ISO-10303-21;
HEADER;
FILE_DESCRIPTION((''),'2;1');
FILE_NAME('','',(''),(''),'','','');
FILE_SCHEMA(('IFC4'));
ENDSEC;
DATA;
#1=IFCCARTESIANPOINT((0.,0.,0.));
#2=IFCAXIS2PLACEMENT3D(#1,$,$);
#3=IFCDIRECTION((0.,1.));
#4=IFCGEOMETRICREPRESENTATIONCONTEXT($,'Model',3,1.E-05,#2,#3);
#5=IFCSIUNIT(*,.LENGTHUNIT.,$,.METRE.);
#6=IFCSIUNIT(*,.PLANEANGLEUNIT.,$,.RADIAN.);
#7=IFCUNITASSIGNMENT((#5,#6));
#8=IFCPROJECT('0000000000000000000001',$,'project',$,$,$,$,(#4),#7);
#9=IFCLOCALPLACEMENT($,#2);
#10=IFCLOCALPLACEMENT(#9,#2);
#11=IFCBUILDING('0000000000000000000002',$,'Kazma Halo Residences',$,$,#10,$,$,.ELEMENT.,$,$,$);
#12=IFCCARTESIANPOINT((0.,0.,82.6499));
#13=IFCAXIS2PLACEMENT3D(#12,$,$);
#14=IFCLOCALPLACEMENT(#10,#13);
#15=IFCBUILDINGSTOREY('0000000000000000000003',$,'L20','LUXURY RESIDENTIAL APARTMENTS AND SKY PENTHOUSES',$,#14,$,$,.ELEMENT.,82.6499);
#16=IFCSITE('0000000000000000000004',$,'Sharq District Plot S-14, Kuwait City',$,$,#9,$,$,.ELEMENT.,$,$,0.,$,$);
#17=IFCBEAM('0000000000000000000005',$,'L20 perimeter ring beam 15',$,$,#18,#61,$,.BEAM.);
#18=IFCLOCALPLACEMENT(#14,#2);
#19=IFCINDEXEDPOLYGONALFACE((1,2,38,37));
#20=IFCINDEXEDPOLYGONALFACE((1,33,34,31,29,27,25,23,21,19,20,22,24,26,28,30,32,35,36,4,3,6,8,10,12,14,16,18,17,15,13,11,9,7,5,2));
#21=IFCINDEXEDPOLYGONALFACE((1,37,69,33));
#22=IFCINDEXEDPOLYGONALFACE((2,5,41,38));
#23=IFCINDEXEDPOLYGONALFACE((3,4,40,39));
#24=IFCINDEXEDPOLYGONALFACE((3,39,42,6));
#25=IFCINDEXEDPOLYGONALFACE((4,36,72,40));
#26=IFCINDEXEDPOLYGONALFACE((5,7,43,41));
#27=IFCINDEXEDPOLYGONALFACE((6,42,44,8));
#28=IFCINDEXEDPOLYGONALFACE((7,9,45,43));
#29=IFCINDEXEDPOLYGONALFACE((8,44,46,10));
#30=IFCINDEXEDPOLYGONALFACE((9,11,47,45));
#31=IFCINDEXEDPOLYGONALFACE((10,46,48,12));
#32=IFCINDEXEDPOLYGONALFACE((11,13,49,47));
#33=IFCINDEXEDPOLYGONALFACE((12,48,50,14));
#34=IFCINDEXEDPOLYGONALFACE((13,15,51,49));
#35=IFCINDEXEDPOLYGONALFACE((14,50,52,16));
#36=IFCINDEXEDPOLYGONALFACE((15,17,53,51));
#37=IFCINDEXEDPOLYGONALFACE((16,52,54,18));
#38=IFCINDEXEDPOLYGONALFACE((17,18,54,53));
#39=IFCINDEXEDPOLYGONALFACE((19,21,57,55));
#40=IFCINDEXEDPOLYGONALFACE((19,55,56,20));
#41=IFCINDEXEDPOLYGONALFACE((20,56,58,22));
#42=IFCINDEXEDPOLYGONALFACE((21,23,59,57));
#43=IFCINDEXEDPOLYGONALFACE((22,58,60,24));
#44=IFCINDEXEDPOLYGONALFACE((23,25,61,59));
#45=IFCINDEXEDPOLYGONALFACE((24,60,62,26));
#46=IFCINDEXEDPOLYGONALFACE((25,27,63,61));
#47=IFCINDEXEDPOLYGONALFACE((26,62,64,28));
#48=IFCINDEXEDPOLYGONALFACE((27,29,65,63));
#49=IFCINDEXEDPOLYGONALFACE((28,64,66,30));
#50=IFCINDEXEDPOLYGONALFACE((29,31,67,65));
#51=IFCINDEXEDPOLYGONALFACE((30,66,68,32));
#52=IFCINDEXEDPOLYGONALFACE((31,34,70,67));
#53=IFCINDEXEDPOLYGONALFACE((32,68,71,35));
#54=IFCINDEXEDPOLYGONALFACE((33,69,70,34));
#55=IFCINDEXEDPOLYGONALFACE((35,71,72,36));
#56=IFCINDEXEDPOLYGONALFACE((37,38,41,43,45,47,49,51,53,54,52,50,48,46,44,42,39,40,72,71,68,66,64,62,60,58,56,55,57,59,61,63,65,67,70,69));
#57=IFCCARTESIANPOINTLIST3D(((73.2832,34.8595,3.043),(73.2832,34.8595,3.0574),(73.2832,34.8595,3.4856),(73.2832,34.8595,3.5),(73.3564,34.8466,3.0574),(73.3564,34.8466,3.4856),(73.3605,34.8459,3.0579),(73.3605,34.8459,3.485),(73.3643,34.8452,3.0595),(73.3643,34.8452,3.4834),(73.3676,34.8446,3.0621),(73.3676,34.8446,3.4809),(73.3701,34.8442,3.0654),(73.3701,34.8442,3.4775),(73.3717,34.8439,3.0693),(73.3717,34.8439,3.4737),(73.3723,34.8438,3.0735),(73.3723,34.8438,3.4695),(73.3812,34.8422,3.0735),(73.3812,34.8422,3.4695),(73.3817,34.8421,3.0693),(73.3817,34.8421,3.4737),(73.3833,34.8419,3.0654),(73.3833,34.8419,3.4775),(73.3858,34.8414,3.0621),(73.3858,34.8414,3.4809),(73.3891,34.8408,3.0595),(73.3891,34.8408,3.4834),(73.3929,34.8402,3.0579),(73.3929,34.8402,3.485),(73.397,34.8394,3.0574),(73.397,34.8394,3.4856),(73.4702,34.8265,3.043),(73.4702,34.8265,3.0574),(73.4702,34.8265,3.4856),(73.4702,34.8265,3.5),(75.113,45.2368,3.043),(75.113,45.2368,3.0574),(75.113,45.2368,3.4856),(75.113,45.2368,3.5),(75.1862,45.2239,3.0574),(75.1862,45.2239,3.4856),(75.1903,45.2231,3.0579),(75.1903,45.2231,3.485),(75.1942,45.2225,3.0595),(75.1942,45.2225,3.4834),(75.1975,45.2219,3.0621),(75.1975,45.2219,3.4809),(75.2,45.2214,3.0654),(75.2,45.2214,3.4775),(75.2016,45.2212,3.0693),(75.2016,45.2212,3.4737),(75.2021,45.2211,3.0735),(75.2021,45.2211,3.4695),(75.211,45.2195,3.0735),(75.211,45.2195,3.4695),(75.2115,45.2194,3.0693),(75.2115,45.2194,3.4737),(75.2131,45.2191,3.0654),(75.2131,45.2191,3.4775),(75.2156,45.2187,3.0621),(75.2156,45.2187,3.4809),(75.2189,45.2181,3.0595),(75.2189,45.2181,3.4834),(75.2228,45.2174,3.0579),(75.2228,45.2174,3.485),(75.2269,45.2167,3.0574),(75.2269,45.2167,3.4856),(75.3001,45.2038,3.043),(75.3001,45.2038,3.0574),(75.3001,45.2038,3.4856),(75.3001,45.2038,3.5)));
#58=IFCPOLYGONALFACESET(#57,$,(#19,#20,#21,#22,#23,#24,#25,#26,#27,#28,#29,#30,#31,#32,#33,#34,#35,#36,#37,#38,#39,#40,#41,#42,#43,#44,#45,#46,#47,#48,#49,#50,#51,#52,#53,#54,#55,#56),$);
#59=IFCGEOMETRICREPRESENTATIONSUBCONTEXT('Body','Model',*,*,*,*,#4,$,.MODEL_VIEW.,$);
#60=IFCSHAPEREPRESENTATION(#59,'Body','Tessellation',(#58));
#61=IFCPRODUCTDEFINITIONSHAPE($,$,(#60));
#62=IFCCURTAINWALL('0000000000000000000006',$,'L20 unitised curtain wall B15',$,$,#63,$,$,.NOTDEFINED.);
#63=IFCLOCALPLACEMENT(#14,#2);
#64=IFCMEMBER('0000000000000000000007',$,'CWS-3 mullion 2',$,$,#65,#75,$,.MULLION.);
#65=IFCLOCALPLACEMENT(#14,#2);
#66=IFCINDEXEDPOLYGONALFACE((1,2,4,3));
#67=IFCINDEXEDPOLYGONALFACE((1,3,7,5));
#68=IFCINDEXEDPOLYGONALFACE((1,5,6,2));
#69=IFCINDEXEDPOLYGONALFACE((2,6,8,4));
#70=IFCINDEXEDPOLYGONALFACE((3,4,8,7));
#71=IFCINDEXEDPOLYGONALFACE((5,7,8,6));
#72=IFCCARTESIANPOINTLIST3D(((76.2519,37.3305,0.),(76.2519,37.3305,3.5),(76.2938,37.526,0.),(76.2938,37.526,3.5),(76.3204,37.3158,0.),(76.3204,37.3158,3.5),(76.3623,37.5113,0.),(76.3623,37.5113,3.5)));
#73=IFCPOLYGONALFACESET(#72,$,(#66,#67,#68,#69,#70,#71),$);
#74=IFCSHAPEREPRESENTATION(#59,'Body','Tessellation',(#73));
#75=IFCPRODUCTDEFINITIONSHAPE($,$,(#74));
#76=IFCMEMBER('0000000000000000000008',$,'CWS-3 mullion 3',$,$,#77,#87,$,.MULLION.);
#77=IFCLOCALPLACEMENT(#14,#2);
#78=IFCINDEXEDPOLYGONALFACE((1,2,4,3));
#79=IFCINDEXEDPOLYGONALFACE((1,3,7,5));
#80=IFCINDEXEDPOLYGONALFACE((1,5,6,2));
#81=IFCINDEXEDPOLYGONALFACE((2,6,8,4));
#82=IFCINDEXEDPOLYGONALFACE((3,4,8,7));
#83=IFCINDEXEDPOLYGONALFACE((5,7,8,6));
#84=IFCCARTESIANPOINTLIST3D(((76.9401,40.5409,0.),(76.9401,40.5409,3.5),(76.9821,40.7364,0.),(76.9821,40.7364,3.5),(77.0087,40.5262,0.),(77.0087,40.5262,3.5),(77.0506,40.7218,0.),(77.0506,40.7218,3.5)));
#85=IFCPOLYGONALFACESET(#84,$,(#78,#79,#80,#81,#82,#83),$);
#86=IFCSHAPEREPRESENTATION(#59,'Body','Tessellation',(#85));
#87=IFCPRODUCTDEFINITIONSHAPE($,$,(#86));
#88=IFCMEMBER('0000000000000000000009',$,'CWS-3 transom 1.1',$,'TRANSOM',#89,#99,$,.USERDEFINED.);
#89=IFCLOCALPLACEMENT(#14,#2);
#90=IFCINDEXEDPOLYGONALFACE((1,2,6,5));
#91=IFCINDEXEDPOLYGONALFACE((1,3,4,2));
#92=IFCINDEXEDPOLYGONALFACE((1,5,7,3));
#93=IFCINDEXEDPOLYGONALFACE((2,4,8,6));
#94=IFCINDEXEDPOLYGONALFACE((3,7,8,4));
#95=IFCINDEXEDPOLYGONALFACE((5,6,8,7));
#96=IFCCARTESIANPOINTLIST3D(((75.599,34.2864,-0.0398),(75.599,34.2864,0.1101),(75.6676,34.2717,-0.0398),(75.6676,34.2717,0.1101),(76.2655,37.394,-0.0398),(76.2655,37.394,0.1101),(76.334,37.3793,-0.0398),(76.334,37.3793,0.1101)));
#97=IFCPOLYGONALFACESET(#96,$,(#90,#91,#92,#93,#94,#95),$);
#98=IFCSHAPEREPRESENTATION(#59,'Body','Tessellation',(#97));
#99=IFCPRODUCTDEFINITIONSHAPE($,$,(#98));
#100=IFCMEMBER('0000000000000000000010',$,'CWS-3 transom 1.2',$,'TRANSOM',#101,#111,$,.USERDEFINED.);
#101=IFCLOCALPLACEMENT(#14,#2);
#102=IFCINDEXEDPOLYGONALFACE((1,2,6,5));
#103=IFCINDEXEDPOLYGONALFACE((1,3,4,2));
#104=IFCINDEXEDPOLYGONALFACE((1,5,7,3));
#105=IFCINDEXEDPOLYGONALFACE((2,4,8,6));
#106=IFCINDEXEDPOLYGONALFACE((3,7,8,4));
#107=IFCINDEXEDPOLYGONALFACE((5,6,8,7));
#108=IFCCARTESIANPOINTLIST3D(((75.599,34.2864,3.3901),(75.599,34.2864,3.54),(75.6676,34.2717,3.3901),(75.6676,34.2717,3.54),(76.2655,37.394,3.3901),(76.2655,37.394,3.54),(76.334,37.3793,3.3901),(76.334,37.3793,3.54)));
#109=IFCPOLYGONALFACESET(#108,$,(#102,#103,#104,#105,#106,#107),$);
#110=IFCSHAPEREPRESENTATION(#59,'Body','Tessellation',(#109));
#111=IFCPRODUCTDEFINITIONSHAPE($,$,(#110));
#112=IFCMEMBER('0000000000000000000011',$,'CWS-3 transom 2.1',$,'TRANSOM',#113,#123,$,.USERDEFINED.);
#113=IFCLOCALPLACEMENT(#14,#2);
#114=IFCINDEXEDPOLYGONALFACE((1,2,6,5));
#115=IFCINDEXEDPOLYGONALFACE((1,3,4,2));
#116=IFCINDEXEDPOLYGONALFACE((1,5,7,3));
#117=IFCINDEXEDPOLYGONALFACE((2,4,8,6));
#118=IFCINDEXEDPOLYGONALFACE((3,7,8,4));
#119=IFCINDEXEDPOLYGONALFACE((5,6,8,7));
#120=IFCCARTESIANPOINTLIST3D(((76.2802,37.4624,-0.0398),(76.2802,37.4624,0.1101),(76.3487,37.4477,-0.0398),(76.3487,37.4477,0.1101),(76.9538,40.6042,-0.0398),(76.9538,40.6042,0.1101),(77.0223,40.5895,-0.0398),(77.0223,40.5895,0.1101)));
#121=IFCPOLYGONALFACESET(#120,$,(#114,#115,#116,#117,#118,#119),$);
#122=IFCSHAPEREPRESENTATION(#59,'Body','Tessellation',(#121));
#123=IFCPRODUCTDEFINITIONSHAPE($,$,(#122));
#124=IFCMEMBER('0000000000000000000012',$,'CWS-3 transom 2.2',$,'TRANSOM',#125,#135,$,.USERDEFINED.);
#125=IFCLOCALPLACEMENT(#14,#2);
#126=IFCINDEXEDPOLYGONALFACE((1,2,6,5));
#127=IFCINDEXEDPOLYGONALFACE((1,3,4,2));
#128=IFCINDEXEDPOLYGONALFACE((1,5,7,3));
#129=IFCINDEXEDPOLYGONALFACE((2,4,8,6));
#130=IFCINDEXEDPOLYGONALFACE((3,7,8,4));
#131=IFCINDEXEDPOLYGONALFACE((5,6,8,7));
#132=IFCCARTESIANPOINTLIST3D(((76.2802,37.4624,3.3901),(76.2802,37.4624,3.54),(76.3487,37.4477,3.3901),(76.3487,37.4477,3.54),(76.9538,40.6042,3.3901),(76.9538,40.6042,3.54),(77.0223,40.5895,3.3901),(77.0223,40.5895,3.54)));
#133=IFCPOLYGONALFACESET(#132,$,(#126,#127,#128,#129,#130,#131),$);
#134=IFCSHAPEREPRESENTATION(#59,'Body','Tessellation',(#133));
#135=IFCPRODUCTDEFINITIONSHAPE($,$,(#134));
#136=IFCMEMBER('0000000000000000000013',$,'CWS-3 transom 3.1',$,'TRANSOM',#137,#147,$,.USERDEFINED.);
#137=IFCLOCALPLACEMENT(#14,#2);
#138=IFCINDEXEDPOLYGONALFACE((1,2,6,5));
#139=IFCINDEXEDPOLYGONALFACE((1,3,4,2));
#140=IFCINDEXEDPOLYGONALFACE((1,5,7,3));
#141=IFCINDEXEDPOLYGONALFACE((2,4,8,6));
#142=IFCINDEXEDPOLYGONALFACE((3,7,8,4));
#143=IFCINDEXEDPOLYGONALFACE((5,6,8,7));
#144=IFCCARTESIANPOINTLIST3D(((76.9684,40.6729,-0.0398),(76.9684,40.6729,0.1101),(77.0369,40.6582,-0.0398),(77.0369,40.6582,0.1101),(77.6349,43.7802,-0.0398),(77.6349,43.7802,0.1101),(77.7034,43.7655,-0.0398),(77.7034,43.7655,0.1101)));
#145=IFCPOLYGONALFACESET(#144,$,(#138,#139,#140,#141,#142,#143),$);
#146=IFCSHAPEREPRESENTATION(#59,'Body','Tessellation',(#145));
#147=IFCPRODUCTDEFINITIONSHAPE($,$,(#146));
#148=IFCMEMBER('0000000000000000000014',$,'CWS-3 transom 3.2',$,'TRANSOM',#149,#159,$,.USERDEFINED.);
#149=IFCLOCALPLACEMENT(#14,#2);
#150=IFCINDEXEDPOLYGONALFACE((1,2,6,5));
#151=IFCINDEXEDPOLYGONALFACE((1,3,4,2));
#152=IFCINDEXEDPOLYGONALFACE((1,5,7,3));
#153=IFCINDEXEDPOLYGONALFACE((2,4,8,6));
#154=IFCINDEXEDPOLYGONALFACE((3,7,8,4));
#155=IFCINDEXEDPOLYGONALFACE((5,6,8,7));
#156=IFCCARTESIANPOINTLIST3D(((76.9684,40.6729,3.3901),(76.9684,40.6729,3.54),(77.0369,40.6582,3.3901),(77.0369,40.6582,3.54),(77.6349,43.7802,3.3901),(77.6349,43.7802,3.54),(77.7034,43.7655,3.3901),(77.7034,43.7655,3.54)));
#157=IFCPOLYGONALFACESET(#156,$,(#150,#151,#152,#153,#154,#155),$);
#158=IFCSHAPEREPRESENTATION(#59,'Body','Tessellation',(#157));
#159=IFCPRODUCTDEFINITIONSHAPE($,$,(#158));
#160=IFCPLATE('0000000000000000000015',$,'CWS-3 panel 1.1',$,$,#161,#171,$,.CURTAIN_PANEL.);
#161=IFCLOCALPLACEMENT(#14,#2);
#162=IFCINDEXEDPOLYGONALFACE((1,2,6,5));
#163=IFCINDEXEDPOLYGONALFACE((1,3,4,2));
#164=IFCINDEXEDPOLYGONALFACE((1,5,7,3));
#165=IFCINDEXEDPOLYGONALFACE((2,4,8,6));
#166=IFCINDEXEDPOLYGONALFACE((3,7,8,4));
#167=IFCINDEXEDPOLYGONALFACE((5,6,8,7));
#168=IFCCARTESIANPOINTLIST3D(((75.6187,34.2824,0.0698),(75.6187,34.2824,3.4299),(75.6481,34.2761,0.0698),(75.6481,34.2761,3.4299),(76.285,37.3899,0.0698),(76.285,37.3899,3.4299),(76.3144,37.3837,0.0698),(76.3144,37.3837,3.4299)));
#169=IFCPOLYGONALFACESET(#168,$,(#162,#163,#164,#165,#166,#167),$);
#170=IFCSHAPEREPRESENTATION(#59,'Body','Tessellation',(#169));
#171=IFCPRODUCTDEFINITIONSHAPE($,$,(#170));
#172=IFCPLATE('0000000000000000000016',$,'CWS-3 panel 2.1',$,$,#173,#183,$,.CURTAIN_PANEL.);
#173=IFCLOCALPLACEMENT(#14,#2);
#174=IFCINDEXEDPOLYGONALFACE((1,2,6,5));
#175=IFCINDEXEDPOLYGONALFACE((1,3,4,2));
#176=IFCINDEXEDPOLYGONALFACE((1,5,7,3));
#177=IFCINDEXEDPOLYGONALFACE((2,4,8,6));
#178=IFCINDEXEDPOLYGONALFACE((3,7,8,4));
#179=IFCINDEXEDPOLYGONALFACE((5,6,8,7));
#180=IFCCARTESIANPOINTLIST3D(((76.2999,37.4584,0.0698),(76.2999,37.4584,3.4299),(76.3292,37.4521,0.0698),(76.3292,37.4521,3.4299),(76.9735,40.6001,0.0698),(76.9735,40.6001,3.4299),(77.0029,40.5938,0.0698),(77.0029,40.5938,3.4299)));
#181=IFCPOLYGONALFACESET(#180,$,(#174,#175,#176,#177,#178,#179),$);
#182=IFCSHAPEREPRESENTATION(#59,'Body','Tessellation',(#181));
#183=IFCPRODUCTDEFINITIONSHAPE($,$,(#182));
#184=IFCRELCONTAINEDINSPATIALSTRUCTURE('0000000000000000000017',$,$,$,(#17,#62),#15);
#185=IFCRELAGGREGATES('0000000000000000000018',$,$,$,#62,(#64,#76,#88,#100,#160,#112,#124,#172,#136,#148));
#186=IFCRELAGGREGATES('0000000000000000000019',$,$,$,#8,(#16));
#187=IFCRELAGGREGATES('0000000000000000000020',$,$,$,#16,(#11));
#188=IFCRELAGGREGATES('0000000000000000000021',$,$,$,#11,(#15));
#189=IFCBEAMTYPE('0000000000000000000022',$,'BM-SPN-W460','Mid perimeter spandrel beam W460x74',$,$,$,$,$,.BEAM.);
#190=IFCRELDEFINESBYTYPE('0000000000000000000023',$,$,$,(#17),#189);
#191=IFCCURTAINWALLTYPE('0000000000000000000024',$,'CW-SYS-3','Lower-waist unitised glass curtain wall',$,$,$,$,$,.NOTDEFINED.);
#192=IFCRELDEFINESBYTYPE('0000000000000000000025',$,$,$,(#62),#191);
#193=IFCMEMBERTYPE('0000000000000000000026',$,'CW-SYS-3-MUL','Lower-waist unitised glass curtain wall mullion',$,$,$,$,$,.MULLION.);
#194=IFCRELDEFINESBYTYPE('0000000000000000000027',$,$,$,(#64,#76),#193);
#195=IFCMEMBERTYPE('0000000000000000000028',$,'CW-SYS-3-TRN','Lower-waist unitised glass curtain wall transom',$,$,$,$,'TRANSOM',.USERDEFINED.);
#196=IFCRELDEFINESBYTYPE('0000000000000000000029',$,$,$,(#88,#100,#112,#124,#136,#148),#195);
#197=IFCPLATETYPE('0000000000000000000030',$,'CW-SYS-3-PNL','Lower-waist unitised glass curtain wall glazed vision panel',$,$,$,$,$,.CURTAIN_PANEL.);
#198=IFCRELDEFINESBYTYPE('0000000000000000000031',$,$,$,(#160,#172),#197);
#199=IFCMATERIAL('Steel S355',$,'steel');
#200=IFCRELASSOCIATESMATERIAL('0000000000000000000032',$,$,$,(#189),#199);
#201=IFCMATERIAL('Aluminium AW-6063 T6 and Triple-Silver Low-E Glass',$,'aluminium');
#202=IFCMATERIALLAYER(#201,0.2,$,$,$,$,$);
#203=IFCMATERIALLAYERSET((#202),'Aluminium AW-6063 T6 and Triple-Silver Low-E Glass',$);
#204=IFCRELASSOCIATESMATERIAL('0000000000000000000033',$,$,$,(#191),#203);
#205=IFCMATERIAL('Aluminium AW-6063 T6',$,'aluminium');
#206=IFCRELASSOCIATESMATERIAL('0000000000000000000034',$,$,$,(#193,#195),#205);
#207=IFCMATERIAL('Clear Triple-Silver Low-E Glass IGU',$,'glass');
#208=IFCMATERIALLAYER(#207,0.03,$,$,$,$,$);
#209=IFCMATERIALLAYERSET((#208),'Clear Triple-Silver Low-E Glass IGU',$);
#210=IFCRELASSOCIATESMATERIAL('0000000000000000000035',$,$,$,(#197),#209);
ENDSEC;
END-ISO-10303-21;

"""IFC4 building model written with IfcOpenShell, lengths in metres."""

from ifc_helpers import new_model, si_unit, direction, frame, origin, origin_2d, place, context, subcontext, project, spatial, rectangle, i_section, extrude, material, layer, layer_set, material_profile, profile_set, type_object, element, aggregate, save


model = new_model("IFC4")

# Units and contexts
model_context = context("Model", 3, precision=1e-05, world=origin(), true_north=direction((0.0, 1.0)))
body_context = subcontext(model_context, "Body", "Model", "MODEL_VIEW")
ifc_project = project(units=[si_unit("LENGTHUNIT", "METRE"), si_unit("PLANEANGLEUNIT", "RADIAN")], contexts=[model_context])

# Site, building, storey
site_placement = place(None, origin())
site = spatial("IfcSite", under=ifc_project, at=site_placement, Name="Sharq District Plot S-14, Kuwait City", CompositionType="ELEMENT", RefElevation=0.0)
building_placement = place(site_placement, origin())
building = spatial("IfcBuilding", under=site, at=building_placement, Name="Kazma Halo Residences", CompositionType="ELEMENT")
storey_placement = place(building_placement, frame((0.0, 0.0, 82.6499)))
storey = spatial("IfcBuildingStorey", under=building, at=storey_placement, Name="L20", Description="LUXURY RESIDENTIAL APARTMENTS AND SKY PENTHOUSES", CompositionType="ELEMENT", Elevation=82.6499)

# Beam
ifc_material_1 = material(Name="Steel S355", Category="steel")
ifc_material_profile_1 = material_profile(ifc_material_1, i_section(OverallWidth=0.1899, OverallDepth=0.457, WebThickness=0.009, FlangeThickness=0.0144, FilletRadius=0.0161, at=origin_2d()), Name="W460x74")
ifc_profile_set_1 = profile_set([ifc_material_profile_1], Name="Steel S355")
beam_type_1 = type_object("IfcBeamType", Name="BM-SPN-W460", Description="Mid perimeter spandrel beam W460x74", PredefinedType="BEAM", material=ifc_profile_set_1)
beam_1_placement = place(storey_placement, frame((73.3767, 34.843, 3.2715), z_axis=(0.173653, 0.984807, 0.0), x_axis=(-0.984807, 0.173653, 0.0)))
element("IfcBeam", 1, at=beam_1_placement, inside=storey, type_object=beam_type_1, Name="L20 perimeter ring beam 15", PredefinedType="BEAM", context=body_context, shape_type="SweptSolid", body=[
    extrude(i_section(OverallWidth=0.1899, OverallDepth=0.457, WebThickness=0.009, FlangeThickness=0.0144, FilletRadius=0.0161, at=origin_2d()), origin(), (0.0, 0.0, 1.0), 10.5374),
])

# Curtain wall, members, plates
ifc_material_2 = material(Name="Aluminium AW-6063 T6 and Triple-Silver Low-E Glass", Category="aluminium")
ifc_layer_1 = layer(ifc_material_2, 0.2)
ifc_layer_set_1 = layer_set([ifc_layer_1], Name="Aluminium AW-6063 T6 and Triple-Silver Low-E Glass")
curtain_wall_type = type_object("IfcCurtainWallType", Name="CW-SYS-3", Description="Lower-waist unitised glass curtain wall", PredefinedType="NOTDEFINED", material=ifc_layer_set_1)
curtain_wall_placement = place(storey_placement, origin())
curtain_wall = element("IfcCurtainWall", 2, at=curtain_wall_placement, inside=storey, type_object=curtain_wall_type, Name="L20 unitised curtain wall B15", PredefinedType="NOTDEFINED")
ifc_material_3 = material(Name="Aluminium AW-6063 T6", Category="aluminium")
ifc_material_profile_2 = material_profile(ifc_material_3, rectangle(XDim=0.0701, YDim=0.2, at=origin_2d()), Name="CWM-70x200")
ifc_profile_set_2 = profile_set([ifc_material_profile_2], Name="Aluminium AW-6063 T6")
member_type_1 = type_object("IfcMemberType", Name="CW-SYS-3-MUL", Description="Lower-waist unitised glass curtain wall mullion", PredefinedType="MULLION", material=ifc_profile_set_2)
member_1_placement = place(storey_placement, frame((76.3071, 37.4209, 0.0), z_axis=(0.0, 0.0, 1.0), x_axis=(-0.977774, 0.209661, 0.0)))
member_1 = element("IfcMember", 3, at=member_1_placement, type_object=member_type_1, Name="CWS-3 mullion 2", PredefinedType="MULLION", context=body_context, shape_type="SweptSolid", body=[
    extrude(rectangle(XDim=0.0701, YDim=0.2, at=origin_2d()), origin(), (0.0, 0.0, 1.0), 3.5),
])
member_2_placement = place(storey_placement, frame((76.9954, 40.6313, 0.0), z_axis=(0.0, 0.0, 1.0), x_axis=(-0.977774, 0.209661, 0.0)))
member_2 = element("IfcMember", 4, at=member_2_placement, type_object=member_type_1, Name="CWS-3 mullion 3", PredefinedType="MULLION", context=body_context, shape_type="SweptSolid", body=[
    extrude(rectangle(XDim=0.0701, YDim=0.2, at=origin_2d()), origin(), (0.0, 0.0, 1.0), 3.5),
])
ifc_material_profile_3 = material_profile(ifc_material_3, rectangle(XDim=0.0701, YDim=0.1499, at=origin_2d()), Name="CWT-70x150")
ifc_profile_set_3 = profile_set([ifc_material_profile_3], Name="Aluminium AW-6063 T6")
member_type_2 = type_object("IfcMemberType", Name="CW-SYS-3-TRN", Description="Lower-waist unitised glass curtain wall transom", ElementType="TRANSOM", PredefinedType="USERDEFINED", material=ifc_profile_set_3)
member_3_placement = place(storey_placement, frame((75.6333, 34.2791, 0.0352), z_axis=(0.209702, 0.977765, 0.0), x_axis=(-0.977765, 0.209702, 0.0)))
member_3 = element("IfcMember", 5, at=member_3_placement, type_object=member_type_2, Name="CWS-3 transom 1.1", ObjectType="TRANSOM", PredefinedType="USERDEFINED", context=body_context, shape_type="SweptSolid", body=[
    extrude(rectangle(XDim=0.0701, YDim=0.1499, at=origin_2d()), origin(), (0.0, 0.0, 1.0), 3.1782),
])
member_4_placement = place(storey_placement, frame((75.6333, 34.2791, 3.4651), z_axis=(0.209702, 0.977765, 0.0), x_axis=(-0.977765, 0.209702, 0.0)))
member_4 = element("IfcMember", 6, at=member_4_placement, type_object=member_type_2, Name="CWS-3 transom 1.2", ObjectType="TRANSOM", PredefinedType="USERDEFINED", context=body_context, shape_type="SweptSolid", body=[
    extrude(rectangle(XDim=0.0701, YDim=0.1499, at=origin_2d()), origin(), (0.0, 0.0, 1.0), 3.1782),
])
member_5_placement = place(storey_placement, frame((76.3145, 37.4551, 0.0352), z_axis=(0.209628, 0.977781, 0.0), x_axis=(-0.977781, 0.209628, 0.0)))
member_5 = element("IfcMember", 7, at=member_5_placement, type_object=member_type_2, Name="CWS-3 transom 2.1", ObjectType="TRANSOM", PredefinedType="USERDEFINED", context=body_context, shape_type="SweptSolid", body=[
    extrude(rectangle(XDim=0.0701, YDim=0.1499, at=origin_2d()), origin(), (0.0, 0.0, 1.0), 3.2131),
])
member_6_placement = place(storey_placement, frame((76.3145, 37.4551, 3.4651), z_axis=(0.209628, 0.977781, 0.0), x_axis=(-0.977781, 0.209628, 0.0)))
member_6 = element("IfcMember", 8, at=member_6_placement, type_object=member_type_2, Name="CWS-3 transom 2.2", ObjectType="TRANSOM", PredefinedType="USERDEFINED", context=body_context, shape_type="SweptSolid", body=[
    extrude(rectangle(XDim=0.0701, YDim=0.1499, at=origin_2d()), origin(), (0.0, 0.0, 1.0), 3.2131),
])
member_7_placement = place(storey_placement, frame((77.0027, 40.6655, 0.0352), z_axis=(0.209718, 0.977762, 0.0), x_axis=(-0.977762, 0.209718, 0.0)))
member_7 = element("IfcMember", 9, at=member_7_placement, type_object=member_type_2, Name="CWS-3 transom 3.1", ObjectType="TRANSOM", PredefinedType="USERDEFINED", context=body_context, shape_type="SweptSolid", body=[
    extrude(rectangle(XDim=0.0701, YDim=0.1499, at=origin_2d()), origin(), (0.0, 0.0, 1.0), 3.178),
])
member_8_placement = place(storey_placement, frame((77.0027, 40.6655, 3.4651), z_axis=(0.209718, 0.977762, 0.0), x_axis=(-0.977762, 0.209718, 0.0)))
member_8 = element("IfcMember", 10, at=member_8_placement, type_object=member_type_2, Name="CWS-3 transom 3.2", ObjectType="TRANSOM", PredefinedType="USERDEFINED", context=body_context, shape_type="SweptSolid", body=[
    extrude(rectangle(XDim=0.0701, YDim=0.1499, at=origin_2d()), origin(), (0.0, 0.0, 1.0), 3.178),
])
ifc_material_4 = material(Name="Clear Triple-Silver Low-E Glass IGU", Category="glass")
ifc_layer_2 = layer(ifc_material_4, 0.03)
ifc_layer_set_2 = layer_set([ifc_layer_2], Name="Clear Triple-Silver Low-E Glass IGU")
plate_type = type_object("IfcPlateType", Name="CW-SYS-3-PNL", Description="Lower-waist unitised glass curtain wall glazed vision panel", PredefinedType="CURTAIN_PANEL", material=ifc_layer_set_2)
plate_1_placement = place(storey_placement, frame((75.9666, 35.833, 0.0698), z_axis=(0.0, 0.0, 1.0), x_axis=(0.209661, 0.977774, 0.0)))
plate_1 = element("IfcPlate", 11, at=plate_1_placement, type_object=plate_type, Name="CWS-3 panel 1.1", PredefinedType="CURTAIN_PANEL", context=body_context, shape_type="SweptSolid", body=[
    extrude(rectangle(XDim=3.1782, YDim=0.03, at=origin_2d()), origin(), (0.0, 0.0, 1.0), 3.3601),
])
plate_2_placement = place(storey_placement, frame((76.6514, 39.0261, 0.0698), z_axis=(0.0, 0.0, 1.0), x_axis=(0.209661, 0.977774, 0.0)))
plate_2 = element("IfcPlate", 12, at=plate_2_placement, type_object=plate_type, Name="CWS-3 panel 2.1", PredefinedType="CURTAIN_PANEL", context=body_context, shape_type="SweptSolid", body=[
    extrude(rectangle(XDim=3.2131, YDim=0.03, at=origin_2d()), origin(), (0.0, 0.0, 1.0), 3.3601),
])
aggregate(curtain_wall, [member_1, member_2, member_3, member_4, plate_1, member_5, member_6, plate_2, member_7, member_8])

save(model, "model.ifc")
